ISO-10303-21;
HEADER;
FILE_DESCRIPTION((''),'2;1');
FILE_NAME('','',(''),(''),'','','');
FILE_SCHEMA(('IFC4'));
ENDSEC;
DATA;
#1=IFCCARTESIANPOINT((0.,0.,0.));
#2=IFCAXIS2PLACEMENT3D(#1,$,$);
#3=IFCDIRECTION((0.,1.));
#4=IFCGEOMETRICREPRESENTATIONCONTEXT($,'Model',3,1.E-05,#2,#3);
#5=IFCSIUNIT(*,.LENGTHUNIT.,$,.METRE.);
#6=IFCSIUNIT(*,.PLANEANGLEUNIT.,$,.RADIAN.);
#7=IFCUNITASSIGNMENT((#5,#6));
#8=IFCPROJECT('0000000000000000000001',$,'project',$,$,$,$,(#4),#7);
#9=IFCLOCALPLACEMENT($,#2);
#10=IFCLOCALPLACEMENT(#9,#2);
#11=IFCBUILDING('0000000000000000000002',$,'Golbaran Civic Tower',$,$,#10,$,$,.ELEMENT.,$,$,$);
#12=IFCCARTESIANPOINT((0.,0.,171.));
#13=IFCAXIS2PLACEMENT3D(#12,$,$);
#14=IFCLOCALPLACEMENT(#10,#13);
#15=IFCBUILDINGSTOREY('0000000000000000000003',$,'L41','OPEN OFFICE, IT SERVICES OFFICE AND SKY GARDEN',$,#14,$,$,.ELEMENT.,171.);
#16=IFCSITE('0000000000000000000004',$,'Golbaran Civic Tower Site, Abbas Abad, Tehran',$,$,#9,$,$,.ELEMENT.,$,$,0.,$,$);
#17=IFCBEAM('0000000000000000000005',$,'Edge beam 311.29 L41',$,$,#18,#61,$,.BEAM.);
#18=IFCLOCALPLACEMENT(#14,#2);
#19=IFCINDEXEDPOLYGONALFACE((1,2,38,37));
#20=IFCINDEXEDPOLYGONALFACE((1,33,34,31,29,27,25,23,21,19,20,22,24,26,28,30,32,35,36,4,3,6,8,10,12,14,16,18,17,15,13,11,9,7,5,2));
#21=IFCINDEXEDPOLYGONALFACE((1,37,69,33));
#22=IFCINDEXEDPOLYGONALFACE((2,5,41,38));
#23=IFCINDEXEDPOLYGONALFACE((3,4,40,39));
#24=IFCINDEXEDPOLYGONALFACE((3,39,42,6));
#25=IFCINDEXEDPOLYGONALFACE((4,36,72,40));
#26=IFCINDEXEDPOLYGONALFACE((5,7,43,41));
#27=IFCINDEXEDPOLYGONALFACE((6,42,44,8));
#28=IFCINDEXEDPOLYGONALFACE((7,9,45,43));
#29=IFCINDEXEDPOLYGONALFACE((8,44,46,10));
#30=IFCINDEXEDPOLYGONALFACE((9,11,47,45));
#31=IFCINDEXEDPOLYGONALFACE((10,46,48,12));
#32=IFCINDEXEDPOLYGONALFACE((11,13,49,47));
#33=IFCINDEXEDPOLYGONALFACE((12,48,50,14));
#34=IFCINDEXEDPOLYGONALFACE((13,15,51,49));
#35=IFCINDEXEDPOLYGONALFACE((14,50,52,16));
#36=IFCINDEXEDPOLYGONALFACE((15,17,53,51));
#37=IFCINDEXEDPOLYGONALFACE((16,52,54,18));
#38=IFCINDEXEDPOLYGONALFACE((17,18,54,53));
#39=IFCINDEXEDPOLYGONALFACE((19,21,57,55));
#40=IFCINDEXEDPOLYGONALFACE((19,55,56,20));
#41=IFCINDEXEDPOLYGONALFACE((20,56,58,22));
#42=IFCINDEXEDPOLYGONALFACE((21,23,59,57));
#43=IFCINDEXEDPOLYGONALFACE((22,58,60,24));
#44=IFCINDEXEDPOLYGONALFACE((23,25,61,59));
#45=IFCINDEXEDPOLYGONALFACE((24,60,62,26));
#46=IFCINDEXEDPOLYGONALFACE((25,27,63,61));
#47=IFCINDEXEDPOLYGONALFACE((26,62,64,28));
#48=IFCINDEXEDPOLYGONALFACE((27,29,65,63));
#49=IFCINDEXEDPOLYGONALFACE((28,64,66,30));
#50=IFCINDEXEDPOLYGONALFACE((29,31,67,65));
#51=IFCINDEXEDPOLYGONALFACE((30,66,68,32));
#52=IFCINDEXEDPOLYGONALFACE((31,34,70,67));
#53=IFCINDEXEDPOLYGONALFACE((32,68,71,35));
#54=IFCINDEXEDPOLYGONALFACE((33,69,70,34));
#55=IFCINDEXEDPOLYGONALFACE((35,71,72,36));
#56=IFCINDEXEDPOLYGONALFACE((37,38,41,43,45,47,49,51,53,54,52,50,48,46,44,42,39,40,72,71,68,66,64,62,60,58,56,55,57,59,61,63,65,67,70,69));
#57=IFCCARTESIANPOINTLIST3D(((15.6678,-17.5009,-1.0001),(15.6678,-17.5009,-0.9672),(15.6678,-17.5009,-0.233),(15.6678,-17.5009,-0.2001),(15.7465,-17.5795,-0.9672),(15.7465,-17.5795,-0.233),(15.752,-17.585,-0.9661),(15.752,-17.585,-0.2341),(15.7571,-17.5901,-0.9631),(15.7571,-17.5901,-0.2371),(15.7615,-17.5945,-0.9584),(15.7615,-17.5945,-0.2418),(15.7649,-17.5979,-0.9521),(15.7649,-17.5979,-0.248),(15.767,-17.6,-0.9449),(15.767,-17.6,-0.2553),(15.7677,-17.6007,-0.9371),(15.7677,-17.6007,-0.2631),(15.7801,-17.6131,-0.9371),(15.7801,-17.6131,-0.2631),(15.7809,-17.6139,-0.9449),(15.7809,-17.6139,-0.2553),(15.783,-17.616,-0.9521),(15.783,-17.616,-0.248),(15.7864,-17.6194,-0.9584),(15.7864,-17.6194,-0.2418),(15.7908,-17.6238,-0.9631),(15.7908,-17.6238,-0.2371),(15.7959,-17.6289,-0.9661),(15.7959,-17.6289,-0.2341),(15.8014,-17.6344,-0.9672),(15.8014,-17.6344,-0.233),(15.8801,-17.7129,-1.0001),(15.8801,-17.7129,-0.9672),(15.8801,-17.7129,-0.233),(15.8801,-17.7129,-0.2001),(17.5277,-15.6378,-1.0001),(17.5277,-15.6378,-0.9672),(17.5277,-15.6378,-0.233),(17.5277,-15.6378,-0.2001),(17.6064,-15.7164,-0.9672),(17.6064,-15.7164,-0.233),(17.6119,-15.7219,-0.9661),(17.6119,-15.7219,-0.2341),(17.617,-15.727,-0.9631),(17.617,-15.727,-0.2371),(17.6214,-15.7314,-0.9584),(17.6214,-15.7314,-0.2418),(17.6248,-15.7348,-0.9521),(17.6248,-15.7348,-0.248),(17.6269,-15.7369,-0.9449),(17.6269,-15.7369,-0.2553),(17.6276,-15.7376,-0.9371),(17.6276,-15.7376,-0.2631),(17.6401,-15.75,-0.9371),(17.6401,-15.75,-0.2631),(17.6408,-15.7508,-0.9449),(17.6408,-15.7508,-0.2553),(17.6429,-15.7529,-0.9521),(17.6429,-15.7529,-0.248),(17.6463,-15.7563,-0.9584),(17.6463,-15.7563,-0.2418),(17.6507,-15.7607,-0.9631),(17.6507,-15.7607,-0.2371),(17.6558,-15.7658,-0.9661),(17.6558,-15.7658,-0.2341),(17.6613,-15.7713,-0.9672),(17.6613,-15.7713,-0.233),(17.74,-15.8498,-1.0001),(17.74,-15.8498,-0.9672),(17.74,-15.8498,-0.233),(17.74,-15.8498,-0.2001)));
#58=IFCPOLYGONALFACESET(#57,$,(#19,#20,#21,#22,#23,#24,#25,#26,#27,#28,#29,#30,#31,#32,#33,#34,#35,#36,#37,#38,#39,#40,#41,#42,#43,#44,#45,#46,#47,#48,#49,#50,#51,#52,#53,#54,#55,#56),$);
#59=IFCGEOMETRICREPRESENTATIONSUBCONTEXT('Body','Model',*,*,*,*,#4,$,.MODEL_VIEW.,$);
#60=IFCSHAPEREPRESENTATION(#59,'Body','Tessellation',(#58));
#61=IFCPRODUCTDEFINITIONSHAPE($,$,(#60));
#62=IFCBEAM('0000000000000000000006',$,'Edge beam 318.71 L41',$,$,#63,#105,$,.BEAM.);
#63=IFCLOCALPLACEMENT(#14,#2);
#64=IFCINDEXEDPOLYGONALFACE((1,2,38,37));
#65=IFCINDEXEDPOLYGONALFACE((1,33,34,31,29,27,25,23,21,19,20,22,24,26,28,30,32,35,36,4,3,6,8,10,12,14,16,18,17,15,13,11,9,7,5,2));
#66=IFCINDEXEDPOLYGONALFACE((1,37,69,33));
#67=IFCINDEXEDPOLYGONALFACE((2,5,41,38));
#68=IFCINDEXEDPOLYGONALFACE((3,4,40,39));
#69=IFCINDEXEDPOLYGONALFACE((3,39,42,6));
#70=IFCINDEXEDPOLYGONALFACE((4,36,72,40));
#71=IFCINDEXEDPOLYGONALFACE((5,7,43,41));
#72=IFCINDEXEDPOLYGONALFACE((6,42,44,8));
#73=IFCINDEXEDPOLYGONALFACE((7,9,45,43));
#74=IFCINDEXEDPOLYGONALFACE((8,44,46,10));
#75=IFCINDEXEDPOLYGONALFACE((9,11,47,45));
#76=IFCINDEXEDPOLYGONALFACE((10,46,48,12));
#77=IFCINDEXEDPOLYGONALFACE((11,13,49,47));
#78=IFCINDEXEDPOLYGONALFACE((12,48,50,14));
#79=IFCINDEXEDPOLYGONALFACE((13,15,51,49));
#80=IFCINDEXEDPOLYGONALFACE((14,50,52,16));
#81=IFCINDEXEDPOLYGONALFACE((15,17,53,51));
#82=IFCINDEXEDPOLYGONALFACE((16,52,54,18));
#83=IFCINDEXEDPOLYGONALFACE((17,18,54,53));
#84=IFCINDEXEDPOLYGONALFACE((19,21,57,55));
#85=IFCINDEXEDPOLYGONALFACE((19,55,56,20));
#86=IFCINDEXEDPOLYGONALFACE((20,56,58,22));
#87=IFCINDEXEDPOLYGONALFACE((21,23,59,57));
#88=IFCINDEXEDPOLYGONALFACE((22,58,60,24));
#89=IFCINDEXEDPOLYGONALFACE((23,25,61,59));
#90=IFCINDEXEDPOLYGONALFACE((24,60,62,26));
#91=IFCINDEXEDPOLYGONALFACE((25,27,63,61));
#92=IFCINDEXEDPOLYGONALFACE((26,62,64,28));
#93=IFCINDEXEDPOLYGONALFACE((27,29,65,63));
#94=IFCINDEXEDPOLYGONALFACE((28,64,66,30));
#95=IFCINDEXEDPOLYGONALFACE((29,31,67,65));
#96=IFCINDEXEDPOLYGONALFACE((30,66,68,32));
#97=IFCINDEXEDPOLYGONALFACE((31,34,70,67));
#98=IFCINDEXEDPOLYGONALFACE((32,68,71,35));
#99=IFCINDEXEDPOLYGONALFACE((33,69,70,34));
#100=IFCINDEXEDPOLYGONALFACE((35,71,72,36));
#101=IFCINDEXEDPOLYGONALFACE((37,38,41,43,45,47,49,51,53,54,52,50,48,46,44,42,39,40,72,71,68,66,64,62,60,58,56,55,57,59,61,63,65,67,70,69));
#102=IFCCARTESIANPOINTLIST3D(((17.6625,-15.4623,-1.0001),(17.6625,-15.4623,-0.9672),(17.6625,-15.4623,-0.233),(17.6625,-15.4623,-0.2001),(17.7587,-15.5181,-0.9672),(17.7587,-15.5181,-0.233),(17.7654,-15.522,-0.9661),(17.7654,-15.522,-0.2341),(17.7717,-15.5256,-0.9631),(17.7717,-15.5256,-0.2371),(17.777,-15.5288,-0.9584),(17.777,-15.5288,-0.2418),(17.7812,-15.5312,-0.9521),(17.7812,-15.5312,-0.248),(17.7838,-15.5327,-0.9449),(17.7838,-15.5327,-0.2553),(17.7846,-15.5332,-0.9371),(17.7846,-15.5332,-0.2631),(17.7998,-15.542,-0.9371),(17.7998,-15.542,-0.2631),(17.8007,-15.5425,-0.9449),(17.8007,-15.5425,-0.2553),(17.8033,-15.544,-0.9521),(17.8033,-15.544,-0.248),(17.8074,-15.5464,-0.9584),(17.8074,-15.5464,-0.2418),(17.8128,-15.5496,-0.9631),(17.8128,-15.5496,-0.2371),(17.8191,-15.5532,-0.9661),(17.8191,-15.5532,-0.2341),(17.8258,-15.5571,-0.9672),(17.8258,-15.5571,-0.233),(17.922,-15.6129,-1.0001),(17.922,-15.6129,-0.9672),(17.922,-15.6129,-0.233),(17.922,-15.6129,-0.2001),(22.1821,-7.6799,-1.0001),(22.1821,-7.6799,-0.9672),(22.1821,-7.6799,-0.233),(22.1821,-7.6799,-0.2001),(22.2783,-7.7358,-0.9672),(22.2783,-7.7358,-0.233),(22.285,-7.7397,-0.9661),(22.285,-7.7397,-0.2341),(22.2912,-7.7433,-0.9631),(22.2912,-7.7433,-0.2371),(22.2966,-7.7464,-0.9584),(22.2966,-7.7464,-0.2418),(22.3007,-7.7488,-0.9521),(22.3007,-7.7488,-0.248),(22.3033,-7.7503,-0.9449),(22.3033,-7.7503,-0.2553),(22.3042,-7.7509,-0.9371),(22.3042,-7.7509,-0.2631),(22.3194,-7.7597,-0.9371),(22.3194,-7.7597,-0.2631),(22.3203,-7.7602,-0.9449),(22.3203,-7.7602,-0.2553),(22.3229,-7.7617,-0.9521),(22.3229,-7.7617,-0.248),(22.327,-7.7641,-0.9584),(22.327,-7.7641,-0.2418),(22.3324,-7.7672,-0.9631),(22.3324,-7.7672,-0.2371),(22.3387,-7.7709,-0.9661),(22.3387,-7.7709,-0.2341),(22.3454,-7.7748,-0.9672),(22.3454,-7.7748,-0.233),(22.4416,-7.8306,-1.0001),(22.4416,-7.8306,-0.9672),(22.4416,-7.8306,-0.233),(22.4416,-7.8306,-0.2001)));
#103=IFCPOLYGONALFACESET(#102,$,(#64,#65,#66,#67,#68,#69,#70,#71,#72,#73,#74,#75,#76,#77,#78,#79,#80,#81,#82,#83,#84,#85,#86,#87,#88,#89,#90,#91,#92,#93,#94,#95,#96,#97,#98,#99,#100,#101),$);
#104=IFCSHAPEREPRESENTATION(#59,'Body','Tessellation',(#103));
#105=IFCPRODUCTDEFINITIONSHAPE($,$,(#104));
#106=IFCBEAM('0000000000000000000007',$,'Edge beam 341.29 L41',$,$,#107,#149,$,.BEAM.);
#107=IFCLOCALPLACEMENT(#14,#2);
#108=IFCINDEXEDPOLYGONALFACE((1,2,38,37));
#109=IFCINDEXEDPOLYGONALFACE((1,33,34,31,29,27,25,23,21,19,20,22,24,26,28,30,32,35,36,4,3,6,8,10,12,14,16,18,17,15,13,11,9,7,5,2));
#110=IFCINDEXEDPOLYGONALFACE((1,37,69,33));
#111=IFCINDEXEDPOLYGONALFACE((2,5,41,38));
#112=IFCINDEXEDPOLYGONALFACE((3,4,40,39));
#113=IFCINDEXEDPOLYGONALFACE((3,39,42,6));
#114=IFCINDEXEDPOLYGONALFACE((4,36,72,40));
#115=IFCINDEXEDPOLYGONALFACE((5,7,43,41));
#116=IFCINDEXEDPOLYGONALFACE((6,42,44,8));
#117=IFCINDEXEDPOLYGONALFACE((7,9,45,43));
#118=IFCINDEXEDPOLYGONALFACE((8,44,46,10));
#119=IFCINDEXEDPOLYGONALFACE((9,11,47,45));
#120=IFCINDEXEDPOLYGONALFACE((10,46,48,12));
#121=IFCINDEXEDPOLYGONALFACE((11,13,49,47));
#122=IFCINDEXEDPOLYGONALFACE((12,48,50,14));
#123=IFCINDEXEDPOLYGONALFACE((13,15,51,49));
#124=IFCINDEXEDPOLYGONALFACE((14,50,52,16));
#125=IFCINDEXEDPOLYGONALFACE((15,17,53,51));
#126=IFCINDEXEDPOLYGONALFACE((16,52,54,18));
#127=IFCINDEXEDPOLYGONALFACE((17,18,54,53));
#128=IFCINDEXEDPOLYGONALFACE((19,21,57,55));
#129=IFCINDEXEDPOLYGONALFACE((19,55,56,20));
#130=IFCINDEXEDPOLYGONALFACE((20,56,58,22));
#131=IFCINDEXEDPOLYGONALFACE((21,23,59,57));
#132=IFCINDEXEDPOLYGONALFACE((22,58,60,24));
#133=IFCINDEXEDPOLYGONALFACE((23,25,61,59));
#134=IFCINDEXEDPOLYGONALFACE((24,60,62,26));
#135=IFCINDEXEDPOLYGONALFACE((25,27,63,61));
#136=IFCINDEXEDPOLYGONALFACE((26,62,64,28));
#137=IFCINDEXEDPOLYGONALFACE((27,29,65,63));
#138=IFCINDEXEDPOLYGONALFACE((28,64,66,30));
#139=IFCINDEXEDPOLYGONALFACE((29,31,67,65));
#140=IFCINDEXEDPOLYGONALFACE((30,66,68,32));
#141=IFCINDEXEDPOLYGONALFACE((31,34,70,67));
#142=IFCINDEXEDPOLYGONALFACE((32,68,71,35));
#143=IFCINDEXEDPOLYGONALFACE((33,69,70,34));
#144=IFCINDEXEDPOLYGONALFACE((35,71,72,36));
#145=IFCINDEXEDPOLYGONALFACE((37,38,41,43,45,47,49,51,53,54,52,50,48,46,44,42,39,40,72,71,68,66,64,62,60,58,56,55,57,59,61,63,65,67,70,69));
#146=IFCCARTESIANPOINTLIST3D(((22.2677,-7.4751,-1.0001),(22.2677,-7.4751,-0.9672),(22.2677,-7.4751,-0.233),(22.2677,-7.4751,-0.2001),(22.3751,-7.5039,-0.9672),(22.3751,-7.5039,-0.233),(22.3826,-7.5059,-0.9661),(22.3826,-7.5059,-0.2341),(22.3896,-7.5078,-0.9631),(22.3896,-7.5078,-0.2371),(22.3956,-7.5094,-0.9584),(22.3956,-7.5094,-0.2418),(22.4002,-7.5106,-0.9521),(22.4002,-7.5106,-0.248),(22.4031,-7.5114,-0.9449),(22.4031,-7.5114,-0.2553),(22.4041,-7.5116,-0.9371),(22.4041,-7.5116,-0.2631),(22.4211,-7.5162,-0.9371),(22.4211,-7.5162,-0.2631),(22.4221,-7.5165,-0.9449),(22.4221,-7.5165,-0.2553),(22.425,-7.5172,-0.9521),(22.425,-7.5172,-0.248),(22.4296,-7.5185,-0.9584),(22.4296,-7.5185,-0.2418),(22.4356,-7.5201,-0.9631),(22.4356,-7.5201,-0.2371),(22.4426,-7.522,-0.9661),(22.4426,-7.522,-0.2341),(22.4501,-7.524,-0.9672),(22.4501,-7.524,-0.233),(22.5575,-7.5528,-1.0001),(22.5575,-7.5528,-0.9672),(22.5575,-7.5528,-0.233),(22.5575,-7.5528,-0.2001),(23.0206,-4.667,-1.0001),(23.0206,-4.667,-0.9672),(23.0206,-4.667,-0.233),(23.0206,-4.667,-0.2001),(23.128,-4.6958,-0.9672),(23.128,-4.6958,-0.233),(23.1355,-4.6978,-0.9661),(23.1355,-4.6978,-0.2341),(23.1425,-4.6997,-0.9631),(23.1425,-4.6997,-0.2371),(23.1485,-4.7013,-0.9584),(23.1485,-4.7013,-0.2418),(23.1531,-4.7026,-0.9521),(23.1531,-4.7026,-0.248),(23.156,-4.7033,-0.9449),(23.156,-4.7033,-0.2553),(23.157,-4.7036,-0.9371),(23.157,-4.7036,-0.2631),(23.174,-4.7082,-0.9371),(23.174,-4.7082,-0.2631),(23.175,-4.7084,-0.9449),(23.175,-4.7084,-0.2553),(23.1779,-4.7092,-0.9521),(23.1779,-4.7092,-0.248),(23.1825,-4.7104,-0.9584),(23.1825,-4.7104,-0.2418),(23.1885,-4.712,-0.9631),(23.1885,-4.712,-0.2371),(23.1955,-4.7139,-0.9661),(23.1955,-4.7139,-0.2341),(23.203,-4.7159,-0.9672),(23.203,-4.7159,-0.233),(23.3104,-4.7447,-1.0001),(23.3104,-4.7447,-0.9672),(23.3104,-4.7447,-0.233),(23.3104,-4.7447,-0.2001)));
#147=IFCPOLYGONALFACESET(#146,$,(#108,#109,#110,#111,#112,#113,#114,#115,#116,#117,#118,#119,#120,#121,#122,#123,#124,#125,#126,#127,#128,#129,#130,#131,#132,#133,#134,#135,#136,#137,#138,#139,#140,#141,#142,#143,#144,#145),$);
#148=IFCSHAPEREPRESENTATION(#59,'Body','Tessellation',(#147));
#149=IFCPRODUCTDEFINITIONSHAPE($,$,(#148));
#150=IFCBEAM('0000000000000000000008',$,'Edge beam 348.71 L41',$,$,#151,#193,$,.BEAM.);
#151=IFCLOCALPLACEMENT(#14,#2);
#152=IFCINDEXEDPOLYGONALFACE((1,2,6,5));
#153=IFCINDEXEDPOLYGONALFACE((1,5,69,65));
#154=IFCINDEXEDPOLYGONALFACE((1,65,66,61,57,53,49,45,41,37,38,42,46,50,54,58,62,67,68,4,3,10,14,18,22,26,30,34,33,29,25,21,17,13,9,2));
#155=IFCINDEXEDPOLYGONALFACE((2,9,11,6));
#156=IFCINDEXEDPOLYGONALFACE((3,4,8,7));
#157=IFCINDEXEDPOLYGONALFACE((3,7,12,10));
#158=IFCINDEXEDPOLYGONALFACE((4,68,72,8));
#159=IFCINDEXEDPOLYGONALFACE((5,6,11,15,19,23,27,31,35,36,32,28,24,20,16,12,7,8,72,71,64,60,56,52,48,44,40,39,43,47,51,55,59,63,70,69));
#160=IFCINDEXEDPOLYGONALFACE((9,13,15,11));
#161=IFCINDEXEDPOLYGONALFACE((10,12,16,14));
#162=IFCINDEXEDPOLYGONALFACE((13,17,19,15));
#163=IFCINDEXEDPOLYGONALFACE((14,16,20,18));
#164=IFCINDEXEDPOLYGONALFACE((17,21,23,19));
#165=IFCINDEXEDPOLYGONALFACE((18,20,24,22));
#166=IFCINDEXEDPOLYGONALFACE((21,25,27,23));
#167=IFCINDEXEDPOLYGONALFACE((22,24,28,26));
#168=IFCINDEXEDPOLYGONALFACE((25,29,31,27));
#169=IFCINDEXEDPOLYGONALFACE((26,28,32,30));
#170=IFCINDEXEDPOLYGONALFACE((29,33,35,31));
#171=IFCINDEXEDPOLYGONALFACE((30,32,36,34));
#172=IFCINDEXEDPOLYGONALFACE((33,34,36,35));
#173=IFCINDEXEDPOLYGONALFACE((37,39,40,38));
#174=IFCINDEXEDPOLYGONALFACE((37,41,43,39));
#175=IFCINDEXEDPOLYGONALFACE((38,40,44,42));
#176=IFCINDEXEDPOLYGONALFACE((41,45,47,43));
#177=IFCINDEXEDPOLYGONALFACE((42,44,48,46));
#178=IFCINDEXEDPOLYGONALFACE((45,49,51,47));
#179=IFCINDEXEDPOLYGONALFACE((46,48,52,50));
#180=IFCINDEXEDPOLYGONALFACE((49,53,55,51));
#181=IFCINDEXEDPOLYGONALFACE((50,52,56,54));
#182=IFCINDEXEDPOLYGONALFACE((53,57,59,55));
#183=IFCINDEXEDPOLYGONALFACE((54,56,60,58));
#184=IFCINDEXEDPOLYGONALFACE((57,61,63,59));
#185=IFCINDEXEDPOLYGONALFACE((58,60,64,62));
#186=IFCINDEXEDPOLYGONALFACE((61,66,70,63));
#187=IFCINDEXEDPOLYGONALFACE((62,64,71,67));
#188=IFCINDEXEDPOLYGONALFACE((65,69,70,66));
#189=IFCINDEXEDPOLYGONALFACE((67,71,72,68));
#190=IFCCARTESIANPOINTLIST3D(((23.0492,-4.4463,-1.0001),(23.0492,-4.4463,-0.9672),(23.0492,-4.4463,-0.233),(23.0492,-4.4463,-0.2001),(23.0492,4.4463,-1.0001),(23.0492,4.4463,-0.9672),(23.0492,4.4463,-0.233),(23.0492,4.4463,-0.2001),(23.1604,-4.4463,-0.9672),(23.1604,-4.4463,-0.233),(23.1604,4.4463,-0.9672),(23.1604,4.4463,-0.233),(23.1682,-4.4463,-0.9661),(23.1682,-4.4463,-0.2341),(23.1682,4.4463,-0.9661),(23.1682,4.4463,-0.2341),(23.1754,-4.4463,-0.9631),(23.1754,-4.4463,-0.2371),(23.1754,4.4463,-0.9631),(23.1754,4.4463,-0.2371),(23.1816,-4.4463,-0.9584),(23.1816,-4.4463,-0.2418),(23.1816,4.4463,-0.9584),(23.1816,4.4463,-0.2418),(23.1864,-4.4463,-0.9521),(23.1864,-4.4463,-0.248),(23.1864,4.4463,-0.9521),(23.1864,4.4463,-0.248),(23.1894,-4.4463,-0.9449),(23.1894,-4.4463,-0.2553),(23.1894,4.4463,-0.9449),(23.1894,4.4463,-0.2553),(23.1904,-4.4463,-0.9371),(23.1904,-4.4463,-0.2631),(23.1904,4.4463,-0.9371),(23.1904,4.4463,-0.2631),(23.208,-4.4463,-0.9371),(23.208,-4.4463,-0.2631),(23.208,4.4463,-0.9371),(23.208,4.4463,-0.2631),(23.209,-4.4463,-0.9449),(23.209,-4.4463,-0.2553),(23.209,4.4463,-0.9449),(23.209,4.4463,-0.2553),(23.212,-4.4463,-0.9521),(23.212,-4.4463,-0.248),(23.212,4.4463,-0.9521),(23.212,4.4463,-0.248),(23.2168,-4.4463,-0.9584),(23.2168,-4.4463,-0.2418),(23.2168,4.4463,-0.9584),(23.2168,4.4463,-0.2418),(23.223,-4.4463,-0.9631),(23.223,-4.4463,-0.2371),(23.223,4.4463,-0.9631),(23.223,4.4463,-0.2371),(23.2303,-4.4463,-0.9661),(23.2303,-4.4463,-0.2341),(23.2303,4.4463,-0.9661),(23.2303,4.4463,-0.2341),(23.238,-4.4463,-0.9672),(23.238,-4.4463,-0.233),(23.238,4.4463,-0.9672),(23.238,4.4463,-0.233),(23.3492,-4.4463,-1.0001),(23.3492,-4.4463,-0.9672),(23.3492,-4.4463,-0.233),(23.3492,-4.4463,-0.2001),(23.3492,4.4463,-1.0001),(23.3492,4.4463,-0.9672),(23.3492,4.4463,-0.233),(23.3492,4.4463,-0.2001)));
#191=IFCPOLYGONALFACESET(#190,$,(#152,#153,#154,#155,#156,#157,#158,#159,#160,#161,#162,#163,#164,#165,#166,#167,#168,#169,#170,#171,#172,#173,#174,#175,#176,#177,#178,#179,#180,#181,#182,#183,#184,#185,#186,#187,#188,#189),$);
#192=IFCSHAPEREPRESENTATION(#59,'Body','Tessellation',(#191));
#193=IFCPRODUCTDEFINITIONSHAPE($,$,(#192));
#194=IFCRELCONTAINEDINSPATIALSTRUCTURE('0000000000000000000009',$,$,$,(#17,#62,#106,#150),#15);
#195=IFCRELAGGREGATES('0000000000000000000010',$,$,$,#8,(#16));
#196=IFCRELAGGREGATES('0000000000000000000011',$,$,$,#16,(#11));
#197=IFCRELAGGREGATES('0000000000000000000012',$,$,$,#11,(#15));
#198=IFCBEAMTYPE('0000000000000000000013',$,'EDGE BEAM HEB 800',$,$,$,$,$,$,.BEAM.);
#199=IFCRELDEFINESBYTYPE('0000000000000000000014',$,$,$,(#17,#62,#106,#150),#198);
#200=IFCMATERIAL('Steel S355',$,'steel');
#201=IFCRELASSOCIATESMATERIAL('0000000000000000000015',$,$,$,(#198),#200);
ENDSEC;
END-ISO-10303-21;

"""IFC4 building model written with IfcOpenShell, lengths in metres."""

from ifc_helpers import new_model, si_unit, direction, frame, origin, origin_2d, place, context, subcontext, project, spatial, i_section, extrude, material, material_profile, profile_set, type_object, element, save


model = new_model("IFC4")

# Units and contexts
model_context = context("Model", 3, precision=1e-05, world=origin(), true_north=direction((0.0, 1.0)))
body_context = subcontext(model_context, "Body", "Model", "MODEL_VIEW")
ifc_project = project(units=[si_unit("LENGTHUNIT", "METRE"), si_unit("PLANEANGLEUNIT", "RADIAN")], contexts=[model_context])

# Site, building, storey
site_placement = place(None, origin())
site = spatial("IfcSite", under=ifc_project, at=site_placement, Name="Golbaran Civic Tower Site, Abbas Abad, Tehran", CompositionType="ELEMENT", RefElevation=0.0)
building_placement = place(site_placement, origin())
building = spatial("IfcBuilding", under=site, at=building_placement, Name="Golbaran Civic Tower", CompositionType="ELEMENT")
storey_placement = place(building_placement, frame((0.0, 0.0, 171.0)))
storey = spatial("IfcBuildingStorey", under=building, at=storey_placement, Name="L41", Description="OPEN OFFICE, IT SERVICES OFFICE AND SKY GARDEN", CompositionType="ELEMENT", Elevation=171.0)

# Beams
ifc_material_1 = material(Name="Steel S355", Category="steel")
ifc_material_profile_1 = material_profile(ifc_material_1, i_section(OverallWidth=0.3, OverallDepth=0.8, WebThickness=0.0176, FlangeThickness=0.033, FilletRadius=0.03, at=origin_2d()), Name="HEB 800")
ifc_profile_set_1 = profile_set([ifc_material_profile_1], Name="Steel S355")
beam_type_1 = type_object("IfcBeamType", Name="EDGE BEAM HEB 800", PredefinedType="BEAM", material=ifc_profile_set_1)
beam_1_placement = place(storey_placement, frame((15.7739, -17.6069, -0.6001), z_axis=(0.706504, 0.707709, 0.0), x_axis=(-0.707709, 0.706504, 0.0)))
element("IfcBeam", 1, at=beam_1_placement, inside=storey, type_object=beam_type_1, Name="Edge beam 311.29 L41", PredefinedType="BEAM", context=body_context, shape_type="SweptSolid", body=[
    extrude(i_section(OverallWidth=0.3, OverallDepth=0.8, WebThickness=0.0176, FlangeThickness=0.033, FilletRadius=0.03, at=origin_2d()), origin(), (0.0, 0.0, 1.0), 2.6326),
])
beam_2_placement = place(storey_placement, frame((17.7922, -15.5376, -0.6001), z_axis=(0.502204, 0.864749, 0.0), x_axis=(-0.864749, 0.502204, 0.0)))
element("IfcBeam", 2, at=beam_2_placement, inside=storey, type_object=beam_type_1, Name="Edge beam 318.71 L41", PredefinedType="BEAM", context=body_context, shape_type="SweptSolid", body=[
    extrude(i_section(OverallWidth=0.3, OverallDepth=0.8, WebThickness=0.0176, FlangeThickness=0.033, FilletRadius=0.03, at=origin_2d()), origin(), (0.0, 0.0, 1.0), 8.9995),
])
beam_3_placement = place(storey_placement, frame((22.4126, -7.5139, -0.6001), z_axis=(0.25898, 0.965883, 0.0), x_axis=(-0.965883, 0.25898, 0.0)))
element("IfcBeam", 3, at=beam_3_placement, inside=storey, type_object=beam_type_1, Name="Edge beam 341.29 L41", PredefinedType="BEAM", context=body_context, shape_type="SweptSolid", body=[
    extrude(i_section(OverallWidth=0.3, OverallDepth=0.8, WebThickness=0.0176, FlangeThickness=0.033, FilletRadius=0.03, at=origin_2d()), origin(), (0.0, 0.0, 1.0), 2.9072),
])
beam_4_placement = place(storey_placement, frame((23.1992, -4.4463, -0.6001), z_axis=(0.0, 1.0, 0.0), x_axis=(-1.0, 0.0, 0.0)))
element("IfcBeam", 4, at=beam_4_placement, inside=storey, type_object=beam_type_1, Name="Edge beam 348.71 L41", PredefinedType="BEAM", context=body_context, shape_type="SweptSolid", body=[
    extrude(i_section(OverallWidth=0.3, OverallDepth=0.8, WebThickness=0.0176, FlangeThickness=0.033, FilletRadius=0.03, at=origin_2d()), origin(), (0.0, 0.0, 1.0), 8.8926),
])

save(model, "model.ifc")
